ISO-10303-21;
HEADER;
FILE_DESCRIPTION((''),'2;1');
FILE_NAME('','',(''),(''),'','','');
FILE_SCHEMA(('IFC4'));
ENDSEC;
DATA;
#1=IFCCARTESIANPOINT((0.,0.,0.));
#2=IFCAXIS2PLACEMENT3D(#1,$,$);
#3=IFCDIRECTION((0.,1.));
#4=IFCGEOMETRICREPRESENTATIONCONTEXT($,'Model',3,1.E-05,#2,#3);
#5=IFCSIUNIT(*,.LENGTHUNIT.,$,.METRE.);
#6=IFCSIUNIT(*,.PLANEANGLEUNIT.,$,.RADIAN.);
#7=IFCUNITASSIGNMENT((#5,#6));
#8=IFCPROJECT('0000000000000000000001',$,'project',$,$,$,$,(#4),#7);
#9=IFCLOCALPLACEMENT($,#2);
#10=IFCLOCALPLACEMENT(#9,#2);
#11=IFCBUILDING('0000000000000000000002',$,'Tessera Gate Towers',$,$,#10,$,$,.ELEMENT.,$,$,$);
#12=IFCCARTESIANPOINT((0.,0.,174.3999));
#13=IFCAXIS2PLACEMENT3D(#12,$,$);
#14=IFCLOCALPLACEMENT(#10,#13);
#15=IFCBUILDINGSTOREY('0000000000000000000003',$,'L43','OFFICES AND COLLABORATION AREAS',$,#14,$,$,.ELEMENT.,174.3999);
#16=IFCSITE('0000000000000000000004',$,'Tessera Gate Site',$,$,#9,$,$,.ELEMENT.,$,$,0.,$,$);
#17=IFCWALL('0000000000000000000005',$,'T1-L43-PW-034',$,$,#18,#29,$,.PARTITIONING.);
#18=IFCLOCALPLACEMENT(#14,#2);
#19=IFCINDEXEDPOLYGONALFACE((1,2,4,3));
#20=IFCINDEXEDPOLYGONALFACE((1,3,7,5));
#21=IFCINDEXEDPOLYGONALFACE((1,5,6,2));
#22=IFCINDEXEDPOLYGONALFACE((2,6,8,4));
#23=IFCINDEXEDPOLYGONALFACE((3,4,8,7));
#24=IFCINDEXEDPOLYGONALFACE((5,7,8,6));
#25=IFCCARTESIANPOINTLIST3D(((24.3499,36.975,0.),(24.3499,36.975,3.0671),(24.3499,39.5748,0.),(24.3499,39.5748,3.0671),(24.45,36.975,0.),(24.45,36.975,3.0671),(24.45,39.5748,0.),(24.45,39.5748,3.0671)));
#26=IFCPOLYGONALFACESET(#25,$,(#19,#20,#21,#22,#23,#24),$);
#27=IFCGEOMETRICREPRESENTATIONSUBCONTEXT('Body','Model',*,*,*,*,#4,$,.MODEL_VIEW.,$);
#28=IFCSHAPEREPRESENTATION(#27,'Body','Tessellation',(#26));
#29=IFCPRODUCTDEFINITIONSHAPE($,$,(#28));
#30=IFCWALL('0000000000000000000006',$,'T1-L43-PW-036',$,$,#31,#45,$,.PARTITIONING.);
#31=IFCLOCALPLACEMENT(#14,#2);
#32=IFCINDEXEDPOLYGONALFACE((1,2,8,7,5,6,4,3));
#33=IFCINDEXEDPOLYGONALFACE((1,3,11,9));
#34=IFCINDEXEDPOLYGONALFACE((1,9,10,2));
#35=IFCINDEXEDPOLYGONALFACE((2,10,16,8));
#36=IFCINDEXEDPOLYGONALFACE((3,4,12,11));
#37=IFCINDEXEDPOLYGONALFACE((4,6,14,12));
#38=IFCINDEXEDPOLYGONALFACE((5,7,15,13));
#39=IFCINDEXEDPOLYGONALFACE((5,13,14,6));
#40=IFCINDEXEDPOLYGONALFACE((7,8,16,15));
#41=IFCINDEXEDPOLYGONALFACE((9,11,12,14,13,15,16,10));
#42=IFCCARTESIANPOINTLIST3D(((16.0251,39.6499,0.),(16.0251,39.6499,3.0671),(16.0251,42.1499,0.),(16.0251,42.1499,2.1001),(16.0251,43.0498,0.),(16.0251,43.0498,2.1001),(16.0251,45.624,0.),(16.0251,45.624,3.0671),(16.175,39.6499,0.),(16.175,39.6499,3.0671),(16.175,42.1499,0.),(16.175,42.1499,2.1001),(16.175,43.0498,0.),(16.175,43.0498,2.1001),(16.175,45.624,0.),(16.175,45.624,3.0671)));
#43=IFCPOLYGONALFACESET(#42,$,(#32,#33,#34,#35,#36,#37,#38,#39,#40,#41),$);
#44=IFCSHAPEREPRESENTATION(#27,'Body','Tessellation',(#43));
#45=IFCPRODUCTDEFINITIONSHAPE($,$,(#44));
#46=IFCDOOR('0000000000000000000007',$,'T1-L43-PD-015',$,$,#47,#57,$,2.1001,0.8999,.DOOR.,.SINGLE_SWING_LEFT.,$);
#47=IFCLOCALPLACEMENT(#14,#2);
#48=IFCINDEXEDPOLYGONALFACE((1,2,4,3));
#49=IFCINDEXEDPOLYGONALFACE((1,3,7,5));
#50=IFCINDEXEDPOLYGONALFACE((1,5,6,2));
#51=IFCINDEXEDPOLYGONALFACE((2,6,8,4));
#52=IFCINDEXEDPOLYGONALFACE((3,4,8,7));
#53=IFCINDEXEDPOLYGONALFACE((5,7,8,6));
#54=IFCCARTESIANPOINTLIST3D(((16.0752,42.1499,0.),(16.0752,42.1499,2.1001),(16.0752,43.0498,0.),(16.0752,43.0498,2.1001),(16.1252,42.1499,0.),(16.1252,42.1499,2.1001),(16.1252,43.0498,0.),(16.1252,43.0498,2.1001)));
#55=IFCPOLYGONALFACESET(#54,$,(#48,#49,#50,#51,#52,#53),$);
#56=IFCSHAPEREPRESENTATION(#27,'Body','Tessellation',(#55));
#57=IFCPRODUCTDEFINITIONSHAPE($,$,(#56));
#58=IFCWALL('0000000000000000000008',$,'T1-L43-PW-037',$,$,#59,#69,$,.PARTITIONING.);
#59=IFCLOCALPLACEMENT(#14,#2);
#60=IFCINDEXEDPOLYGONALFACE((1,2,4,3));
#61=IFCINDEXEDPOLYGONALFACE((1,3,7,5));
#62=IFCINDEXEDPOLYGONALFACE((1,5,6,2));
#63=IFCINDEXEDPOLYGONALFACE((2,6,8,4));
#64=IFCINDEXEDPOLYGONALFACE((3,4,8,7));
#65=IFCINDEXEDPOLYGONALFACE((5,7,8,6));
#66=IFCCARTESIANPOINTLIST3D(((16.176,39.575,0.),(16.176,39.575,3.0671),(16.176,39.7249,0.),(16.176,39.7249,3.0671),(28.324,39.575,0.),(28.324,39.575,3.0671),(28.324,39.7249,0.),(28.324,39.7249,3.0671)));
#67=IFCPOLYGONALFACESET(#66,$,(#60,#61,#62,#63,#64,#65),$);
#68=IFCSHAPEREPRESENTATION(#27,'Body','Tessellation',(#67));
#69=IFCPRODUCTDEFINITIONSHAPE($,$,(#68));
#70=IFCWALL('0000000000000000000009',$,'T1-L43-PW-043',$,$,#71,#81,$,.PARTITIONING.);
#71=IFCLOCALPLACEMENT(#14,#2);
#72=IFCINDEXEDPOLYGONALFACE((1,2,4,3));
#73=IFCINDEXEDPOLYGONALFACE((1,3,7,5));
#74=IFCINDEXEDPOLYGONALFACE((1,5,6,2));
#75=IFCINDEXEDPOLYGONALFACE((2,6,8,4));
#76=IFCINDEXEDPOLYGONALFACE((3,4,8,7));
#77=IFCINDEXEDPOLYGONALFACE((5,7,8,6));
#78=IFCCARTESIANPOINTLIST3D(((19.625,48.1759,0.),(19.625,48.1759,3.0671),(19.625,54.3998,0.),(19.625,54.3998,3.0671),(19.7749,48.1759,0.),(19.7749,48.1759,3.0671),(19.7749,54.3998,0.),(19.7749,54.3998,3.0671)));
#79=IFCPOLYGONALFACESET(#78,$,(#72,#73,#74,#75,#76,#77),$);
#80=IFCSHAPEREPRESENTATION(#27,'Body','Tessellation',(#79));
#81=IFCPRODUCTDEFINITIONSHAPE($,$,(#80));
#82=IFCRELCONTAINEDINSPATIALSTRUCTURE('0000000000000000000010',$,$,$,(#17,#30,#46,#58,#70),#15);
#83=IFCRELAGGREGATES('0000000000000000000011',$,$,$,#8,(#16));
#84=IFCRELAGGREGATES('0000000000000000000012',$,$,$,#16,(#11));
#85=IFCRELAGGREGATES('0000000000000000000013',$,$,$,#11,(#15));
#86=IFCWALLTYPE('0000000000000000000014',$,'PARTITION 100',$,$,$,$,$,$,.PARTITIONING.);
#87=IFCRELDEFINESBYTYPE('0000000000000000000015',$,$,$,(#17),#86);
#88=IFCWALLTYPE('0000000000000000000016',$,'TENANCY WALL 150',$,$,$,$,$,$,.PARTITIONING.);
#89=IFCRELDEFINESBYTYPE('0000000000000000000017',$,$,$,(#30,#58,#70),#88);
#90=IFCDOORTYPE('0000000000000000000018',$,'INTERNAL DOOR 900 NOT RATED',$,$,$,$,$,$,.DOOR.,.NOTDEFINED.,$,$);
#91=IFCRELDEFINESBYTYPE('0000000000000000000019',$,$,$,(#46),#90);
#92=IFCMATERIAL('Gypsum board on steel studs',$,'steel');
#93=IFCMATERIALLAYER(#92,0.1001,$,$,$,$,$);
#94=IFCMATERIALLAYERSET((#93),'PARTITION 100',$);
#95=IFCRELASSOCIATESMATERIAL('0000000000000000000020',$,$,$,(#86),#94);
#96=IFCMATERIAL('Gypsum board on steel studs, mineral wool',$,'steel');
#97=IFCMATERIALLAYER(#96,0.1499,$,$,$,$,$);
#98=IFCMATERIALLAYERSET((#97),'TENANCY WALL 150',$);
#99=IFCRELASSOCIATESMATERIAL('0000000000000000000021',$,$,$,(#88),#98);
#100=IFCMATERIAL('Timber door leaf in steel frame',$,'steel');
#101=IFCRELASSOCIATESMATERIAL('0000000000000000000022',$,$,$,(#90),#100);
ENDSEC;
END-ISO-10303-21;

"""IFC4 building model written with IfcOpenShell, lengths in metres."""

from ifc_helpers import new_model, si_unit, direction, frame, frame_2d, origin, place, context, subcontext, project, spatial, rectangle, extrude, source, transform, mapped, material, layer, layer_set, type_object, element, fill, save


model = new_model("IFC4")

# Units and contexts
model_context = context("Model", 3, precision=1e-05, world=origin(), true_north=direction((0.0, 1.0)))
body_context = subcontext(model_context, "Body", "Model", "MODEL_VIEW")
ifc_project = project(units=[si_unit("LENGTHUNIT", "METRE"), si_unit("PLANEANGLEUNIT", "RADIAN")], contexts=[model_context])

# Site, building, storey
site_placement = place(None, origin())
site = spatial("IfcSite", under=ifc_project, at=site_placement, Name="Tessera Gate Site", CompositionType="ELEMENT", RefElevation=0.0)
building_placement = place(site_placement, origin())
building = spatial("IfcBuilding", under=site, at=building_placement, Name="Tessera Gate Towers", CompositionType="ELEMENT")
storey_placement = place(building_placement, frame((0.0, 0.0, 174.3999)))
storey = spatial("IfcBuildingStorey", under=building, at=storey_placement, Name="L43", Description="OFFICES AND COLLABORATION AREAS", CompositionType="ELEMENT", Elevation=174.3999)

# Shared definitions
shared_shape_1 = source(origin(), body_context, "Body", "SweptSolid", [
    extrude(rectangle(XDim=0.8999, YDim=2.1001, at=frame_2d((0.45, 1.05))), frame((0.0, 0.085, 0.0), z_axis=(0.0, -1.0, 0.0), x_axis=(1.0, 0.0, 0.0)), (0.0, 0.0, 1.0), 0.1699),
])
shared_shape_2 = source(origin(), body_context, "Body", "SweptSolid", [
    extrude(rectangle(XDim=0.8999, YDim=2.1001, at=frame_2d((0.45, 1.05))), frame((0.0, 0.0249, 0.0), z_axis=(0.0, -1.0, 0.0), x_axis=(1.0, 0.0, 0.0)), (0.0, 0.0, 1.0), 0.05),
])

# Wall
ifc_material_1 = material(Name="Gypsum board on steel studs", Category="steel")
ifc_layer_1 = layer(ifc_material_1, 0.1001)
ifc_layer_set_1 = layer_set([ifc_layer_1], Name="PARTITION 100")
wall_type_1 = type_object("IfcWallType", Name="PARTITION 100", PredefinedType="PARTITIONING", material=ifc_layer_set_1)
wall_1_placement = place(storey_placement, frame((24.3999, 36.9751, 0.0), z_axis=(0.0, 0.0, 1.0), x_axis=(0.0, 1.0, 0.0)))
element("IfcWall", 1, at=wall_1_placement, inside=storey, type_object=wall_type_1, Name="T1-L43-PW-034", PredefinedType="PARTITIONING", context=body_context, shape_type="SweptSolid", body=[
    extrude(rectangle(XDim=2.5999, YDim=0.1001, at=frame_2d((1.2998, 0.0))), origin(), (0.0, 0.0, 1.0), 3.0671),
])

# Wall, opening, door
ifc_material_2 = material(Name="Gypsum board on steel studs, mineral wool", Category="steel")
ifc_layer_2 = layer(ifc_material_2, 0.1499)
ifc_layer_set_2 = layer_set([ifc_layer_2], Name="TENANCY WALL 150")
wall_type_2 = type_object("IfcWallType", Name="TENANCY WALL 150", PredefinedType="PARTITIONING", material=ifc_layer_set_2)
wall_2_placement = place(storey_placement, frame((16.1001, 39.6499, 0.0), z_axis=(0.0, 0.0, 1.0), x_axis=(0.0, 1.0, 0.0)))
wall_2 = element("IfcWall", 2, at=wall_2_placement, inside=storey, type_object=wall_type_2, Name="T1-L43-PW-036", PredefinedType="PARTITIONING", context=body_context, shape_type="SweptSolid", body=[
    extrude(rectangle(XDim=5.9741, YDim=0.1499, at=frame_2d((2.9871, 0.0))), origin(), (0.0, 0.0, 1.0), 3.0671),
])
opening_1_placement = place(wall_2_placement, frame((2.5, 0.0, 0.0)))
opening_1 = element("IfcOpeningElement", 3, at=opening_1_placement, cuts=wall_2, PredefinedType="OPENING", context=body_context, shape_type="MappedRepresentation", body=[
    mapped(shared_shape_1, transform((0.0, 0.0, 0.0), scale=1.0)),
])
ifc_material_3 = material(Name="Timber door leaf in steel frame", Category="steel")
door_type_1 = type_object("IfcDoorType", Name="INTERNAL DOOR 900 NOT RATED", OperationType="NOTDEFINED", PredefinedType="DOOR", material=ifc_material_3)
door_1_placement = place(opening_1_placement, origin())
door_1 = element("IfcDoor", 4, at=door_1_placement, inside=storey, type_object=door_type_1, Name="T1-L43-PD-015", OperationType="SINGLE_SWING_LEFT", OverallHeight=2.1001, OverallWidth=0.8999, PredefinedType="DOOR", context=body_context, shape_type="MappedRepresentation", body=[
    mapped(shared_shape_2, transform((0.0, 0.0, 0.0), scale=1.0)),
])
fill(opening_1, door_1)

# Walls
wall_3_placement = place(storey_placement, frame((16.176, 39.6499, 0.0), z_axis=(0.0, 0.0, 1.0), x_axis=(1.0, 0.0, 0.0)))
element("IfcWall", 5, at=wall_3_placement, inside=storey, type_object=wall_type_2, Name="T1-L43-PW-037", PredefinedType="PARTITIONING", context=body_context, shape_type="SweptSolid", body=[
    extrude(rectangle(XDim=12.1479, YDim=0.1499, at=frame_2d((6.074, 0.0))), origin(), (0.0, 0.0, 1.0), 3.0671),
])
wall_4_placement = place(storey_placement, frame((19.7, 48.176, 0.0), z_axis=(0.0, 0.0, 1.0), x_axis=(0.0, 1.0, 0.0)))
element("IfcWall", 6, at=wall_4_placement, inside=storey, type_object=wall_type_2, Name="T1-L43-PW-043", PredefinedType="PARTITIONING", context=body_context, shape_type="SweptSolid", body=[
    extrude(rectangle(XDim=6.2239, YDim=0.1499, at=frame_2d((3.1118, 0.0))), origin(), (0.0, 0.0, 1.0), 3.0671),
])

save(model, "model.ifc")
